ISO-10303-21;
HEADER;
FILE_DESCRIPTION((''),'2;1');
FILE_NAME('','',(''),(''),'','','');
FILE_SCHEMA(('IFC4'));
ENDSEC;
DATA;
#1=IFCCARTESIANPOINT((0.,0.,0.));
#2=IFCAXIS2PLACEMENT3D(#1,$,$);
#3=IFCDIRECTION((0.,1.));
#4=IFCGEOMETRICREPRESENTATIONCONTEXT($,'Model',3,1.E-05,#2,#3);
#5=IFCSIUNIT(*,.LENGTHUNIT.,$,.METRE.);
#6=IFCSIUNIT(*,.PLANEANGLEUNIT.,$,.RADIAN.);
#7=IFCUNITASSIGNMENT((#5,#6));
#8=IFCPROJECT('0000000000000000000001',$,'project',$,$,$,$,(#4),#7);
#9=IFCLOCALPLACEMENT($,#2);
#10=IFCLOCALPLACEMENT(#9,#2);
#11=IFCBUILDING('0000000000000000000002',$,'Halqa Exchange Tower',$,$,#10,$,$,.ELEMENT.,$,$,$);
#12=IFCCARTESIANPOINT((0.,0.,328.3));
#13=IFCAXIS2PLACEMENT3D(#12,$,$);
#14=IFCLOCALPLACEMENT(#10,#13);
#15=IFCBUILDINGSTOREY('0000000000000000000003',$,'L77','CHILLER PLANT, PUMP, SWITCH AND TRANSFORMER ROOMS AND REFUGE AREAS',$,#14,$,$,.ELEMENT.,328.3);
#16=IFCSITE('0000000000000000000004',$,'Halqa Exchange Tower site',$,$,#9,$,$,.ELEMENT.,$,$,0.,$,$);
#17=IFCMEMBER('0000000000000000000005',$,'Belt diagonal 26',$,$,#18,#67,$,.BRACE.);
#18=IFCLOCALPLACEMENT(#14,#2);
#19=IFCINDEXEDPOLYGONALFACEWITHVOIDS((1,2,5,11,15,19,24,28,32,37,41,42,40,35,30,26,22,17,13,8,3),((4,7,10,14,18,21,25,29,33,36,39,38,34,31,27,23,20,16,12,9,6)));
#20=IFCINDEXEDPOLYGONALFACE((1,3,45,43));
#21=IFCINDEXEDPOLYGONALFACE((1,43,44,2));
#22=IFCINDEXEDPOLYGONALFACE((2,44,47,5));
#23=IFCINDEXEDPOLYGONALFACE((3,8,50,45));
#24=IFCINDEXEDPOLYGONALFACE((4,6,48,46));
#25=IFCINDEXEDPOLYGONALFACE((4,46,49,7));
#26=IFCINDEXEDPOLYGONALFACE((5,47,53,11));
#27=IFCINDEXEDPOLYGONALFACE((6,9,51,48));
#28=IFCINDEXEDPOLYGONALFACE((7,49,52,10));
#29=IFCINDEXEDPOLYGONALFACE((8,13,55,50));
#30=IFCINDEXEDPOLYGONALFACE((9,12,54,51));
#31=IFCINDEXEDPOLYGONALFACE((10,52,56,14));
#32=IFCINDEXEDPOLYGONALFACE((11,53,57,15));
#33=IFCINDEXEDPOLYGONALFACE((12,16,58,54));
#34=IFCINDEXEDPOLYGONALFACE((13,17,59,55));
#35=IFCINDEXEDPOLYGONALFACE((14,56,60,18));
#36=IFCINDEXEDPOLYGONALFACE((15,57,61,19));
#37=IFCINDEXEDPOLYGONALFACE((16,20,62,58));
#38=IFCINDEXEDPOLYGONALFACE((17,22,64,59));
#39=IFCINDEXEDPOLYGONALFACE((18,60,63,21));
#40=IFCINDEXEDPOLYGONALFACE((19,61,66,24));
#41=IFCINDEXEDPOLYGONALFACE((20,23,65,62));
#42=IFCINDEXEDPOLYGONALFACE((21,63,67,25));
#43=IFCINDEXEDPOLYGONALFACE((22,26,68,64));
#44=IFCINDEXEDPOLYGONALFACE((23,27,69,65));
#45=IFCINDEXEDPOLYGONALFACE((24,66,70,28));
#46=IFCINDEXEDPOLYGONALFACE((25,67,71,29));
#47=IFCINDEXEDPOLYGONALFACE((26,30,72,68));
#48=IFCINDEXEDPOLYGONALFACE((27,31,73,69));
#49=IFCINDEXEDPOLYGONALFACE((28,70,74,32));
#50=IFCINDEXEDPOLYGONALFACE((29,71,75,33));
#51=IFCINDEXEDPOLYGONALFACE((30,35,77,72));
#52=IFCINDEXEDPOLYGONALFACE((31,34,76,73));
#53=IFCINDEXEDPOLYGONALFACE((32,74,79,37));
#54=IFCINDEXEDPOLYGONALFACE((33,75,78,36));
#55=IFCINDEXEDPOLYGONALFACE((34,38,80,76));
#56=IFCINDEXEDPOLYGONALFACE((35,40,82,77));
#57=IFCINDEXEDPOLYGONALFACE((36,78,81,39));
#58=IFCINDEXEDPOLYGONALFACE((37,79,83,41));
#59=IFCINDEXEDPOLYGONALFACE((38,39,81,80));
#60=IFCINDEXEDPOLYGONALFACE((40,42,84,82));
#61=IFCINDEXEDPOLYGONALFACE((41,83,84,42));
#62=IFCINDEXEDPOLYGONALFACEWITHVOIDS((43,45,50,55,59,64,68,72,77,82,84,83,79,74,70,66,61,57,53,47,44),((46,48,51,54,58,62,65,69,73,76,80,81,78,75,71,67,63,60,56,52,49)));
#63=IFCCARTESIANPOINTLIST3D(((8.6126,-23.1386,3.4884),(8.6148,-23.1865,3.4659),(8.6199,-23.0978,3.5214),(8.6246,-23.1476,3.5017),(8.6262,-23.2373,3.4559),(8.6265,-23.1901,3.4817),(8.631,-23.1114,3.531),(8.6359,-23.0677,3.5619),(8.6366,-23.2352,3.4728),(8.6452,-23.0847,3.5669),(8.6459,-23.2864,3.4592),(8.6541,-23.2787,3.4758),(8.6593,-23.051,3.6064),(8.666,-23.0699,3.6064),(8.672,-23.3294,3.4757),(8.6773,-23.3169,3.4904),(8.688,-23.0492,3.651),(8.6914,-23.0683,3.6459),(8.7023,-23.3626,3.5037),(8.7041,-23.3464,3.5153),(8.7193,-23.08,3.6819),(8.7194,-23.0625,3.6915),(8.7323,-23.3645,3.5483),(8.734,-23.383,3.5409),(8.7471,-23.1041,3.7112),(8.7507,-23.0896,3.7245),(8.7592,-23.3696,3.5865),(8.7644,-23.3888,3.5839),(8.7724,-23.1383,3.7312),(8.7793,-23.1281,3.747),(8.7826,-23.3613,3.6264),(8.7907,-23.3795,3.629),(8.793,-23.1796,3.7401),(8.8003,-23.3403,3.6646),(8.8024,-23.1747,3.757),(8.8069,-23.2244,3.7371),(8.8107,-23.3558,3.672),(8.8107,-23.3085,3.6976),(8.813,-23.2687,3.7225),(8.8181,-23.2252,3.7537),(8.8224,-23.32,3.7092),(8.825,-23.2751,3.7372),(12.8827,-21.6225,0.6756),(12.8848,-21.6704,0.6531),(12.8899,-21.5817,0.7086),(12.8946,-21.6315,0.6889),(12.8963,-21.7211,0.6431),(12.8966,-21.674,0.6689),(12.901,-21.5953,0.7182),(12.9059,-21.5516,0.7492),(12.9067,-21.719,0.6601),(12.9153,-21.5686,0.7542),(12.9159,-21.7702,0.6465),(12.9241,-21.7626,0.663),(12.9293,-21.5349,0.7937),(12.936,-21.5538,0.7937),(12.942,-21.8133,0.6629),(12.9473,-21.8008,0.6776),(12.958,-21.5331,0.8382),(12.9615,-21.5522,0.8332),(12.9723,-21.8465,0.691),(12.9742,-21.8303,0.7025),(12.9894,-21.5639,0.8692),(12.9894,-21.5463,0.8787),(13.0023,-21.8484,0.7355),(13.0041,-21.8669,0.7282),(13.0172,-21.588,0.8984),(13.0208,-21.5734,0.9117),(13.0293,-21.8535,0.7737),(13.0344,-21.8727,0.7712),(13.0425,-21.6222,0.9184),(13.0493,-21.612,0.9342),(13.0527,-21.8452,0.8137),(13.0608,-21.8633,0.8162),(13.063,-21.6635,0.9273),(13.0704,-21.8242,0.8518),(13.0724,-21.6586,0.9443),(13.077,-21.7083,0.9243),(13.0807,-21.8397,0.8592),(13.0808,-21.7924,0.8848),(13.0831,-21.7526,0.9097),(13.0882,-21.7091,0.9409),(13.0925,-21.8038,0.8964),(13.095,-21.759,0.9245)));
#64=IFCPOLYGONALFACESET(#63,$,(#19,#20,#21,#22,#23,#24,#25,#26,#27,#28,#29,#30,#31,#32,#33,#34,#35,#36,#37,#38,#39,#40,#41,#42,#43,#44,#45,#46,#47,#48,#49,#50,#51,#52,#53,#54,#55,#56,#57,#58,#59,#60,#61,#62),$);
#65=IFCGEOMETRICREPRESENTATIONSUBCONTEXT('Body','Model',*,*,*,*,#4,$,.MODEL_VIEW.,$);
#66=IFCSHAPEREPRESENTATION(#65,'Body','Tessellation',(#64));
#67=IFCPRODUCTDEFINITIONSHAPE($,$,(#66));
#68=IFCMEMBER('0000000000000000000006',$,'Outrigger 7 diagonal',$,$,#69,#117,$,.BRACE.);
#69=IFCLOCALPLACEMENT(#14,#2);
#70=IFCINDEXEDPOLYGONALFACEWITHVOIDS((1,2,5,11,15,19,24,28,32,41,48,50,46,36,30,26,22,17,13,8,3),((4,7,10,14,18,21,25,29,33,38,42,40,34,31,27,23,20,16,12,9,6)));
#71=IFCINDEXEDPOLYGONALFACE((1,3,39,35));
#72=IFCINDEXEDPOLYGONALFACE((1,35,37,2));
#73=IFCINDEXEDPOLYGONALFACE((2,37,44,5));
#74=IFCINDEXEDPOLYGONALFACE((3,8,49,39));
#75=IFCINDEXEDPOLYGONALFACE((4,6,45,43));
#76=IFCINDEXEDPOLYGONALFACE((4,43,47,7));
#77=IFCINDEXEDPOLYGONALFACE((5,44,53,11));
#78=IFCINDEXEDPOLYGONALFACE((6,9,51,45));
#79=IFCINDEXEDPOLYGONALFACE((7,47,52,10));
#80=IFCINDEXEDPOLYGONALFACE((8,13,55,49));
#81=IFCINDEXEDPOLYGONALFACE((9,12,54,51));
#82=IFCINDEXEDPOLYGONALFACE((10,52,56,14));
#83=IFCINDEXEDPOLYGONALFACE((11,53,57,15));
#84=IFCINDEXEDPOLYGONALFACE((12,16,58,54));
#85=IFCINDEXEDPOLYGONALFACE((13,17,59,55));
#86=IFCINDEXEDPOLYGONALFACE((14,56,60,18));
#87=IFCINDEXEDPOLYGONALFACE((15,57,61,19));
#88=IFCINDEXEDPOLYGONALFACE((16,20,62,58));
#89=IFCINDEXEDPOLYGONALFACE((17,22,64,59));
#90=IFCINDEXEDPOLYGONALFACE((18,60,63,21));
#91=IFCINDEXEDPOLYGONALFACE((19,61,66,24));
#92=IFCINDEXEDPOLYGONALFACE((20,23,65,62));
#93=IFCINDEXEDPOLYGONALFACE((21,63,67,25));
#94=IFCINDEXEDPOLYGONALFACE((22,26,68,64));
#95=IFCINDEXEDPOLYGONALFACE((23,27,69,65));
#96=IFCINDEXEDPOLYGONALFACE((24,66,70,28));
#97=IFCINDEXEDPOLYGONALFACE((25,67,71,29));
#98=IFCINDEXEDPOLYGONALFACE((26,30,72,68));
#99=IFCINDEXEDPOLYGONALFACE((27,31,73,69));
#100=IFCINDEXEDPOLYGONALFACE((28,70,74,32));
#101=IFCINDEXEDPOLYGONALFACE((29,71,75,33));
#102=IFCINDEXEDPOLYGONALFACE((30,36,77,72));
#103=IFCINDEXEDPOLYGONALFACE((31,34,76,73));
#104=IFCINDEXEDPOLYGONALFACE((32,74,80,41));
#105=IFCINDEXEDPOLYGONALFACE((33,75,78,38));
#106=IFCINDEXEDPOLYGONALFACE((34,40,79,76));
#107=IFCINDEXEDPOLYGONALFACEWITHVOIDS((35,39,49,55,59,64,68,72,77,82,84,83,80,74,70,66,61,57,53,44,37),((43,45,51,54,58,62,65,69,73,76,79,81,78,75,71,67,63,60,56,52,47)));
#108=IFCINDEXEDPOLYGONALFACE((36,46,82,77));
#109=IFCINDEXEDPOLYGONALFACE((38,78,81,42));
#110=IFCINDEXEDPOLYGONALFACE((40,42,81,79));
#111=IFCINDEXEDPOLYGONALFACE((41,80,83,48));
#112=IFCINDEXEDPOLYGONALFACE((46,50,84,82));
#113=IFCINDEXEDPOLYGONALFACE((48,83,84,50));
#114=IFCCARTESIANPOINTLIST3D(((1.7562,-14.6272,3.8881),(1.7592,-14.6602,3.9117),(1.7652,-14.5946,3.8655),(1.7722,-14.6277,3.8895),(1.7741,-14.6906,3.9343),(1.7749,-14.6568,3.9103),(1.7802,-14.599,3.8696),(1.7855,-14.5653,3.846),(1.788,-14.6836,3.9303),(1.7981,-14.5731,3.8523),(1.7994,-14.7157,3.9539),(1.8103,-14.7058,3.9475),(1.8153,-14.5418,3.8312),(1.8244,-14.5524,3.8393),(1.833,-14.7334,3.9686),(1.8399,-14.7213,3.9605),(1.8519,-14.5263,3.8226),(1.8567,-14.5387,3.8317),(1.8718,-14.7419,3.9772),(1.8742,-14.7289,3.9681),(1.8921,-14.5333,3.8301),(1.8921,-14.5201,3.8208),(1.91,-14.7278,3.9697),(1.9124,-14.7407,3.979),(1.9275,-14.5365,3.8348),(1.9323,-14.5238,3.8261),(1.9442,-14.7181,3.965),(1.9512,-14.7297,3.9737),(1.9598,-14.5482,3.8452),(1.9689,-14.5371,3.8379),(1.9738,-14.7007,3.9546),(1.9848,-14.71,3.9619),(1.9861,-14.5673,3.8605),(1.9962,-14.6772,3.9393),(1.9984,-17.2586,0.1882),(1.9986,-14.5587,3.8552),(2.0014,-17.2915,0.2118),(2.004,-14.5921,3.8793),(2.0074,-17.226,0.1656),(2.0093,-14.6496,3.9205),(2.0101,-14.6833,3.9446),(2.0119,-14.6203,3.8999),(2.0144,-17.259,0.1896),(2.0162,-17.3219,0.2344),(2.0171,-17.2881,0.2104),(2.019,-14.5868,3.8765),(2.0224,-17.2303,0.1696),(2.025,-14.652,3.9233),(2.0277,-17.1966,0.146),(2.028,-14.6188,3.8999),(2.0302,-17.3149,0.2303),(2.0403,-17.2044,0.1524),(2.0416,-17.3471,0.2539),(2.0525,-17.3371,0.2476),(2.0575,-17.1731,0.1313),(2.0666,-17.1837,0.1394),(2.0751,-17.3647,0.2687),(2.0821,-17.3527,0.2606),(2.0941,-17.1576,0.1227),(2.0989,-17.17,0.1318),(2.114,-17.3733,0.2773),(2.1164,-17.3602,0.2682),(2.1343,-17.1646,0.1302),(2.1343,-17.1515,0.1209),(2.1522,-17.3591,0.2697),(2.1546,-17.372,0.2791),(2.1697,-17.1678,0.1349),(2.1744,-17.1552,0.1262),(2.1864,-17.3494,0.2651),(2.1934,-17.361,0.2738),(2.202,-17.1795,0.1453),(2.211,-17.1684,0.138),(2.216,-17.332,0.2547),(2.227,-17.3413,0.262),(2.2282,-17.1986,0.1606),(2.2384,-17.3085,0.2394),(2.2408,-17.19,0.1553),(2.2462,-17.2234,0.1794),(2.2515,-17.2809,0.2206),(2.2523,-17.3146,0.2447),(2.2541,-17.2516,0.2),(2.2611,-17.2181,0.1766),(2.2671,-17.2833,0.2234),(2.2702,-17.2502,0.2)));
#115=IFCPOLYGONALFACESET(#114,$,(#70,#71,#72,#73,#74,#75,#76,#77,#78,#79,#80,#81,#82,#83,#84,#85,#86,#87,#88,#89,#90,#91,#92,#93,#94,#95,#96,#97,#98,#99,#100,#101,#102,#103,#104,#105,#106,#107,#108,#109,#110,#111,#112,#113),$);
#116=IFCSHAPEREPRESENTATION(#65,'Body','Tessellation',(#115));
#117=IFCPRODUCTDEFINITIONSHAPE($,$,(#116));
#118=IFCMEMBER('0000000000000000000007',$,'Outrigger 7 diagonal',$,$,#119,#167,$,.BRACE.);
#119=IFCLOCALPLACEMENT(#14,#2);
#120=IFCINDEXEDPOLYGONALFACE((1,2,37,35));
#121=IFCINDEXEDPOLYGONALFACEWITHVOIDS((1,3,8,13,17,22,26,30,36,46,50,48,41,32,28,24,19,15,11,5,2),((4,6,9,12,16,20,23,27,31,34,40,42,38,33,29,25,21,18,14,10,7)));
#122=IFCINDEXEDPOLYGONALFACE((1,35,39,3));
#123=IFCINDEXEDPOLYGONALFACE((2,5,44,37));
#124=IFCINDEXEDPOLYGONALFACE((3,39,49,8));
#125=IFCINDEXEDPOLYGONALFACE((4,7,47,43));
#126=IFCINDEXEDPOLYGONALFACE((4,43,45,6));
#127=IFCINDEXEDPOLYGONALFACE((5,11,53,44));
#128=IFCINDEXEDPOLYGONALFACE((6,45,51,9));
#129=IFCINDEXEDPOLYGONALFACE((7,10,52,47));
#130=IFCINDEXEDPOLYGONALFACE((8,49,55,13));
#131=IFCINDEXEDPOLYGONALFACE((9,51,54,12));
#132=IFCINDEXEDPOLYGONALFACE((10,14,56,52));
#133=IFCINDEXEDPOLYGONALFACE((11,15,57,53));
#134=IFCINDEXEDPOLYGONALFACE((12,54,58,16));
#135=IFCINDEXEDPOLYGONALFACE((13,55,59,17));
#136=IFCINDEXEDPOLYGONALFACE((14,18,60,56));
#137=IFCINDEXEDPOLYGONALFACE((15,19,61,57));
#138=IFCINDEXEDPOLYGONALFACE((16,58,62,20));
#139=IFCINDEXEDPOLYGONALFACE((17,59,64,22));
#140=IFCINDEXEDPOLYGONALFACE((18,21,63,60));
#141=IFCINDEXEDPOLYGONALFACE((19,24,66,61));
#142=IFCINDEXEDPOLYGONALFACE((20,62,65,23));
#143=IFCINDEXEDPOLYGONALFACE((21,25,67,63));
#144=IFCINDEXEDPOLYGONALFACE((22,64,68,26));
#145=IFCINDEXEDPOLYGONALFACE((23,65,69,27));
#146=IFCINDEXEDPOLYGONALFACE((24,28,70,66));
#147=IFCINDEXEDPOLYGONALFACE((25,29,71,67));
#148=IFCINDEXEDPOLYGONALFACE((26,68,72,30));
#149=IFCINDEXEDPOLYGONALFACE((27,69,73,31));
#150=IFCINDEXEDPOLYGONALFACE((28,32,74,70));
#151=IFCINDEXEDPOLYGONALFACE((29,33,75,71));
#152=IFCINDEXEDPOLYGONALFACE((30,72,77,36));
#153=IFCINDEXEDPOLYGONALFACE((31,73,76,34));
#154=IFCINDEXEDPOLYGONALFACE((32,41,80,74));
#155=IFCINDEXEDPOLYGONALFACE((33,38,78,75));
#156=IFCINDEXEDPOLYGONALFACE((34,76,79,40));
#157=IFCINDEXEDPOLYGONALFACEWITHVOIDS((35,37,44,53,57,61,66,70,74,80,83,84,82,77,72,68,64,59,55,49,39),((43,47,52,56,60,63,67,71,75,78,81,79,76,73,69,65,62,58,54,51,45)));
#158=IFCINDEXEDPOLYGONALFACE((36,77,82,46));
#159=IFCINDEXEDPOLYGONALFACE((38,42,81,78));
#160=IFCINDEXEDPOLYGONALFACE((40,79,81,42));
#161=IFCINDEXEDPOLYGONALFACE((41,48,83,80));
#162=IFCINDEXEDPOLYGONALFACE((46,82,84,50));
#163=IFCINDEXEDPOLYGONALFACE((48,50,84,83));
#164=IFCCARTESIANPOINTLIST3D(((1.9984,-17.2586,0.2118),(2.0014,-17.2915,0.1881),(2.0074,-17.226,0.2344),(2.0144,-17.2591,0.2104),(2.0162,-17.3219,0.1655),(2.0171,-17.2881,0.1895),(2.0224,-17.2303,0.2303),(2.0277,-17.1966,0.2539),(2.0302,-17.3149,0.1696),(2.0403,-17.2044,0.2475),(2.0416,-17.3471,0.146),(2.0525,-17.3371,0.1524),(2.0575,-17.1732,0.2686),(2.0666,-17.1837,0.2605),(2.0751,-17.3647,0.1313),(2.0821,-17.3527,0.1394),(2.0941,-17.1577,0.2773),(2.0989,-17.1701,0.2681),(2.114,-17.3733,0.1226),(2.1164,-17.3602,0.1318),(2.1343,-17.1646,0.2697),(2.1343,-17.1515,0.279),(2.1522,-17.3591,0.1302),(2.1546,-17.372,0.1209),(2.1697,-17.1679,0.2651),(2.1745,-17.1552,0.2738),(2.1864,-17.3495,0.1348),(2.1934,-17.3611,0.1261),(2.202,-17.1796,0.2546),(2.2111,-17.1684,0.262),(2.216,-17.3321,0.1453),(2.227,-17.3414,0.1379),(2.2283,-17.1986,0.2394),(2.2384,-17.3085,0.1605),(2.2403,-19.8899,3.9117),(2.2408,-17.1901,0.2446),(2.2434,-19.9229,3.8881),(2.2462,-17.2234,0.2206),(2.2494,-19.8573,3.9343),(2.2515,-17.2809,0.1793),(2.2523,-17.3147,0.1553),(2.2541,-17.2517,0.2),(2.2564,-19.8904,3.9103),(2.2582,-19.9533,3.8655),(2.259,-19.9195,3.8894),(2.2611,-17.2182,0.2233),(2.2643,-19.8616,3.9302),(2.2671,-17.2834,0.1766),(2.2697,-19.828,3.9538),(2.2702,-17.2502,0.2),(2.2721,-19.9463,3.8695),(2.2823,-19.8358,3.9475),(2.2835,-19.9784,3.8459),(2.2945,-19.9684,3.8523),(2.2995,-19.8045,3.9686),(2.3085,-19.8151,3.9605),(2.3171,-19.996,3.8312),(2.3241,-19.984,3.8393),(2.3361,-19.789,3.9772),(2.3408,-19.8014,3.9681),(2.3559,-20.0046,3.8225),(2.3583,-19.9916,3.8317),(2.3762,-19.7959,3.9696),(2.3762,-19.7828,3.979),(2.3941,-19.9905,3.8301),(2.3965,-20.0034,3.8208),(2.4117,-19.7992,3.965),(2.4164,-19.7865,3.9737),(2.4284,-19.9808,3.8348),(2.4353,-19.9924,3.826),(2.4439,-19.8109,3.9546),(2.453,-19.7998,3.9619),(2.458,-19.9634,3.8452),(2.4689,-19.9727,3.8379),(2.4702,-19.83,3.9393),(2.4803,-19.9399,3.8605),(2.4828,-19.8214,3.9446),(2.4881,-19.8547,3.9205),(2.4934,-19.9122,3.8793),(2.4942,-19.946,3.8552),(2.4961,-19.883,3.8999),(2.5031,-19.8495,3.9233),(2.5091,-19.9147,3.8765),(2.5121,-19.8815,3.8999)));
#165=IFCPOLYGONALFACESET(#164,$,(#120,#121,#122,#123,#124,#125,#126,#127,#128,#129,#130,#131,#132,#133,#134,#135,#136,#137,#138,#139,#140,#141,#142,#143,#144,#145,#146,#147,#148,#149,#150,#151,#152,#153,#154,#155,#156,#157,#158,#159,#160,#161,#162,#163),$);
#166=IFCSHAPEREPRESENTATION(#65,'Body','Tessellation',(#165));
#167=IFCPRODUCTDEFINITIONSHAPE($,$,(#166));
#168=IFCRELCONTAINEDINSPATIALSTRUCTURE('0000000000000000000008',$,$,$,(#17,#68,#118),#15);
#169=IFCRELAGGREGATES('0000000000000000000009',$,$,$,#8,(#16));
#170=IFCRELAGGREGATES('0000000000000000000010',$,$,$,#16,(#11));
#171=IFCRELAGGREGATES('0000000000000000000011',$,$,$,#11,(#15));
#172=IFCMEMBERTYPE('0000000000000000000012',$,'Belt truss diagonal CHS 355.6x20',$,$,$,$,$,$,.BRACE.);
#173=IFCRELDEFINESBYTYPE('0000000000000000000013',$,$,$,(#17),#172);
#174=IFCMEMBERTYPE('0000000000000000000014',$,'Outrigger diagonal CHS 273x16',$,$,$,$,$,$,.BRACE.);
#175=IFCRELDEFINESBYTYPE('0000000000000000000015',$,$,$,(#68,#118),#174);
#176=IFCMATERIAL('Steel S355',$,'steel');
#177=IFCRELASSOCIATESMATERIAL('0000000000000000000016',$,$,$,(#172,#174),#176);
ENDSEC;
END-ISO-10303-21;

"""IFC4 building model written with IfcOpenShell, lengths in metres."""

from ifc_helpers import new_model, si_unit, direction, frame, origin, origin_2d, place, context, subcontext, project, spatial, hollow_circle, extrude, material, material_profile, profile_set, type_object, element, save


model = new_model("IFC4")

# Units and contexts
model_context = context("Model", 3, precision=1e-05, world=origin(), true_north=direction((0.0, 1.0)))
body_context = subcontext(model_context, "Body", "Model", "MODEL_VIEW")
ifc_project = project(units=[si_unit("LENGTHUNIT", "METRE"), si_unit("PLANEANGLEUNIT", "RADIAN")], contexts=[model_context])

# Site, building, storey
site_placement = place(None, origin())
site = spatial("IfcSite", under=ifc_project, at=site_placement, Name="Halqa Exchange Tower site", CompositionType="ELEMENT", RefElevation=0.0)
building_placement = place(site_placement, origin())
building = spatial("IfcBuilding", under=site, at=building_placement, Name="Halqa Exchange Tower", CompositionType="ELEMENT")
storey_placement = place(building_placement, frame((0.0, 0.0, 328.3)))
storey = spatial("IfcBuildingStorey", under=building, at=storey_placement, Name="L77", Description="CHILLER PLANT, PUMP, SWITCH AND TRANSFORMER ROOMS AND REFUGE AREAS", CompositionType="ELEMENT", Elevation=328.3)

# Members
ifc_material_1 = material(Name="Steel S355", Category="steel")
ifc_material_profile_1 = material_profile(ifc_material_1, hollow_circle(Radius=0.1777, WallThickness=0.02, at=origin_2d()), Name="CHS 355.6x20")
ifc_profile_set_1 = profile_set([ifc_material_profile_1], Name="Steel S355")
member_type_1 = type_object("IfcMemberType", Name="Belt truss diagonal CHS 355.6x20", PredefinedType="BRACE", material=ifc_profile_set_1)
member_1_placement = place(storey_placement, frame((8.7188, -23.2185, 3.6064), z_axis=(0.800646, 0.284277, -0.527401), x_axis=(-0.334595, 0.942362, 0.0)))
element("IfcMember", 1, at=member_1_placement, inside=storey, type_object=member_type_1, Name="Belt diagonal 26", PredefinedType="BRACE", context=body_context, shape_type="SweptSolid", body=[
    extrude(hollow_circle(Radius=0.1777, WallThickness=0.02, at=origin_2d()), origin(), (0.0, 0.0, 1.0), 5.3333),
])
ifc_material_profile_2 = material_profile(ifc_material_1, hollow_circle(Radius=0.1365, WallThickness=0.0161, at=origin_2d()), Name="CHS 273x16")
ifc_profile_set_2 = profile_set([ifc_material_profile_2], Name="Steel S355")
member_type_2 = type_object("IfcMemberType", Name="Outrigger diagonal CHS 273x16", PredefinedType="BRACE", material=ifc_profile_set_2)
for number, where, z_axis, x_axis, name in (
    (2, (1.8921, -14.6313, 3.8999), (0.053267, -0.578741, -0.81377), (0.995791, 0.091652, 0.0), "Outrigger 7 diagonal"),
    (3, (2.1343, -17.2627, 0.2), (0.053213, -0.578742, 0.813772), (0.9958, 0.09156, 0.0), "Outrigger 7 diagonal"),
):
    element("IfcMember", number, at=place(storey_placement, frame(where, z_axis=z_axis, x_axis=x_axis)), inside=storey, type_object=member_type_2, Name=name, PredefinedType="BRACE", context=body_context, shape_type="SweptSolid", body=[
        extrude(hollow_circle(Radius=0.1365, WallThickness=0.0161, at=origin_2d()), origin(), (0.0, 0.0, 1.0), 4.5466),
    ])

save(model, "model.ifc")
